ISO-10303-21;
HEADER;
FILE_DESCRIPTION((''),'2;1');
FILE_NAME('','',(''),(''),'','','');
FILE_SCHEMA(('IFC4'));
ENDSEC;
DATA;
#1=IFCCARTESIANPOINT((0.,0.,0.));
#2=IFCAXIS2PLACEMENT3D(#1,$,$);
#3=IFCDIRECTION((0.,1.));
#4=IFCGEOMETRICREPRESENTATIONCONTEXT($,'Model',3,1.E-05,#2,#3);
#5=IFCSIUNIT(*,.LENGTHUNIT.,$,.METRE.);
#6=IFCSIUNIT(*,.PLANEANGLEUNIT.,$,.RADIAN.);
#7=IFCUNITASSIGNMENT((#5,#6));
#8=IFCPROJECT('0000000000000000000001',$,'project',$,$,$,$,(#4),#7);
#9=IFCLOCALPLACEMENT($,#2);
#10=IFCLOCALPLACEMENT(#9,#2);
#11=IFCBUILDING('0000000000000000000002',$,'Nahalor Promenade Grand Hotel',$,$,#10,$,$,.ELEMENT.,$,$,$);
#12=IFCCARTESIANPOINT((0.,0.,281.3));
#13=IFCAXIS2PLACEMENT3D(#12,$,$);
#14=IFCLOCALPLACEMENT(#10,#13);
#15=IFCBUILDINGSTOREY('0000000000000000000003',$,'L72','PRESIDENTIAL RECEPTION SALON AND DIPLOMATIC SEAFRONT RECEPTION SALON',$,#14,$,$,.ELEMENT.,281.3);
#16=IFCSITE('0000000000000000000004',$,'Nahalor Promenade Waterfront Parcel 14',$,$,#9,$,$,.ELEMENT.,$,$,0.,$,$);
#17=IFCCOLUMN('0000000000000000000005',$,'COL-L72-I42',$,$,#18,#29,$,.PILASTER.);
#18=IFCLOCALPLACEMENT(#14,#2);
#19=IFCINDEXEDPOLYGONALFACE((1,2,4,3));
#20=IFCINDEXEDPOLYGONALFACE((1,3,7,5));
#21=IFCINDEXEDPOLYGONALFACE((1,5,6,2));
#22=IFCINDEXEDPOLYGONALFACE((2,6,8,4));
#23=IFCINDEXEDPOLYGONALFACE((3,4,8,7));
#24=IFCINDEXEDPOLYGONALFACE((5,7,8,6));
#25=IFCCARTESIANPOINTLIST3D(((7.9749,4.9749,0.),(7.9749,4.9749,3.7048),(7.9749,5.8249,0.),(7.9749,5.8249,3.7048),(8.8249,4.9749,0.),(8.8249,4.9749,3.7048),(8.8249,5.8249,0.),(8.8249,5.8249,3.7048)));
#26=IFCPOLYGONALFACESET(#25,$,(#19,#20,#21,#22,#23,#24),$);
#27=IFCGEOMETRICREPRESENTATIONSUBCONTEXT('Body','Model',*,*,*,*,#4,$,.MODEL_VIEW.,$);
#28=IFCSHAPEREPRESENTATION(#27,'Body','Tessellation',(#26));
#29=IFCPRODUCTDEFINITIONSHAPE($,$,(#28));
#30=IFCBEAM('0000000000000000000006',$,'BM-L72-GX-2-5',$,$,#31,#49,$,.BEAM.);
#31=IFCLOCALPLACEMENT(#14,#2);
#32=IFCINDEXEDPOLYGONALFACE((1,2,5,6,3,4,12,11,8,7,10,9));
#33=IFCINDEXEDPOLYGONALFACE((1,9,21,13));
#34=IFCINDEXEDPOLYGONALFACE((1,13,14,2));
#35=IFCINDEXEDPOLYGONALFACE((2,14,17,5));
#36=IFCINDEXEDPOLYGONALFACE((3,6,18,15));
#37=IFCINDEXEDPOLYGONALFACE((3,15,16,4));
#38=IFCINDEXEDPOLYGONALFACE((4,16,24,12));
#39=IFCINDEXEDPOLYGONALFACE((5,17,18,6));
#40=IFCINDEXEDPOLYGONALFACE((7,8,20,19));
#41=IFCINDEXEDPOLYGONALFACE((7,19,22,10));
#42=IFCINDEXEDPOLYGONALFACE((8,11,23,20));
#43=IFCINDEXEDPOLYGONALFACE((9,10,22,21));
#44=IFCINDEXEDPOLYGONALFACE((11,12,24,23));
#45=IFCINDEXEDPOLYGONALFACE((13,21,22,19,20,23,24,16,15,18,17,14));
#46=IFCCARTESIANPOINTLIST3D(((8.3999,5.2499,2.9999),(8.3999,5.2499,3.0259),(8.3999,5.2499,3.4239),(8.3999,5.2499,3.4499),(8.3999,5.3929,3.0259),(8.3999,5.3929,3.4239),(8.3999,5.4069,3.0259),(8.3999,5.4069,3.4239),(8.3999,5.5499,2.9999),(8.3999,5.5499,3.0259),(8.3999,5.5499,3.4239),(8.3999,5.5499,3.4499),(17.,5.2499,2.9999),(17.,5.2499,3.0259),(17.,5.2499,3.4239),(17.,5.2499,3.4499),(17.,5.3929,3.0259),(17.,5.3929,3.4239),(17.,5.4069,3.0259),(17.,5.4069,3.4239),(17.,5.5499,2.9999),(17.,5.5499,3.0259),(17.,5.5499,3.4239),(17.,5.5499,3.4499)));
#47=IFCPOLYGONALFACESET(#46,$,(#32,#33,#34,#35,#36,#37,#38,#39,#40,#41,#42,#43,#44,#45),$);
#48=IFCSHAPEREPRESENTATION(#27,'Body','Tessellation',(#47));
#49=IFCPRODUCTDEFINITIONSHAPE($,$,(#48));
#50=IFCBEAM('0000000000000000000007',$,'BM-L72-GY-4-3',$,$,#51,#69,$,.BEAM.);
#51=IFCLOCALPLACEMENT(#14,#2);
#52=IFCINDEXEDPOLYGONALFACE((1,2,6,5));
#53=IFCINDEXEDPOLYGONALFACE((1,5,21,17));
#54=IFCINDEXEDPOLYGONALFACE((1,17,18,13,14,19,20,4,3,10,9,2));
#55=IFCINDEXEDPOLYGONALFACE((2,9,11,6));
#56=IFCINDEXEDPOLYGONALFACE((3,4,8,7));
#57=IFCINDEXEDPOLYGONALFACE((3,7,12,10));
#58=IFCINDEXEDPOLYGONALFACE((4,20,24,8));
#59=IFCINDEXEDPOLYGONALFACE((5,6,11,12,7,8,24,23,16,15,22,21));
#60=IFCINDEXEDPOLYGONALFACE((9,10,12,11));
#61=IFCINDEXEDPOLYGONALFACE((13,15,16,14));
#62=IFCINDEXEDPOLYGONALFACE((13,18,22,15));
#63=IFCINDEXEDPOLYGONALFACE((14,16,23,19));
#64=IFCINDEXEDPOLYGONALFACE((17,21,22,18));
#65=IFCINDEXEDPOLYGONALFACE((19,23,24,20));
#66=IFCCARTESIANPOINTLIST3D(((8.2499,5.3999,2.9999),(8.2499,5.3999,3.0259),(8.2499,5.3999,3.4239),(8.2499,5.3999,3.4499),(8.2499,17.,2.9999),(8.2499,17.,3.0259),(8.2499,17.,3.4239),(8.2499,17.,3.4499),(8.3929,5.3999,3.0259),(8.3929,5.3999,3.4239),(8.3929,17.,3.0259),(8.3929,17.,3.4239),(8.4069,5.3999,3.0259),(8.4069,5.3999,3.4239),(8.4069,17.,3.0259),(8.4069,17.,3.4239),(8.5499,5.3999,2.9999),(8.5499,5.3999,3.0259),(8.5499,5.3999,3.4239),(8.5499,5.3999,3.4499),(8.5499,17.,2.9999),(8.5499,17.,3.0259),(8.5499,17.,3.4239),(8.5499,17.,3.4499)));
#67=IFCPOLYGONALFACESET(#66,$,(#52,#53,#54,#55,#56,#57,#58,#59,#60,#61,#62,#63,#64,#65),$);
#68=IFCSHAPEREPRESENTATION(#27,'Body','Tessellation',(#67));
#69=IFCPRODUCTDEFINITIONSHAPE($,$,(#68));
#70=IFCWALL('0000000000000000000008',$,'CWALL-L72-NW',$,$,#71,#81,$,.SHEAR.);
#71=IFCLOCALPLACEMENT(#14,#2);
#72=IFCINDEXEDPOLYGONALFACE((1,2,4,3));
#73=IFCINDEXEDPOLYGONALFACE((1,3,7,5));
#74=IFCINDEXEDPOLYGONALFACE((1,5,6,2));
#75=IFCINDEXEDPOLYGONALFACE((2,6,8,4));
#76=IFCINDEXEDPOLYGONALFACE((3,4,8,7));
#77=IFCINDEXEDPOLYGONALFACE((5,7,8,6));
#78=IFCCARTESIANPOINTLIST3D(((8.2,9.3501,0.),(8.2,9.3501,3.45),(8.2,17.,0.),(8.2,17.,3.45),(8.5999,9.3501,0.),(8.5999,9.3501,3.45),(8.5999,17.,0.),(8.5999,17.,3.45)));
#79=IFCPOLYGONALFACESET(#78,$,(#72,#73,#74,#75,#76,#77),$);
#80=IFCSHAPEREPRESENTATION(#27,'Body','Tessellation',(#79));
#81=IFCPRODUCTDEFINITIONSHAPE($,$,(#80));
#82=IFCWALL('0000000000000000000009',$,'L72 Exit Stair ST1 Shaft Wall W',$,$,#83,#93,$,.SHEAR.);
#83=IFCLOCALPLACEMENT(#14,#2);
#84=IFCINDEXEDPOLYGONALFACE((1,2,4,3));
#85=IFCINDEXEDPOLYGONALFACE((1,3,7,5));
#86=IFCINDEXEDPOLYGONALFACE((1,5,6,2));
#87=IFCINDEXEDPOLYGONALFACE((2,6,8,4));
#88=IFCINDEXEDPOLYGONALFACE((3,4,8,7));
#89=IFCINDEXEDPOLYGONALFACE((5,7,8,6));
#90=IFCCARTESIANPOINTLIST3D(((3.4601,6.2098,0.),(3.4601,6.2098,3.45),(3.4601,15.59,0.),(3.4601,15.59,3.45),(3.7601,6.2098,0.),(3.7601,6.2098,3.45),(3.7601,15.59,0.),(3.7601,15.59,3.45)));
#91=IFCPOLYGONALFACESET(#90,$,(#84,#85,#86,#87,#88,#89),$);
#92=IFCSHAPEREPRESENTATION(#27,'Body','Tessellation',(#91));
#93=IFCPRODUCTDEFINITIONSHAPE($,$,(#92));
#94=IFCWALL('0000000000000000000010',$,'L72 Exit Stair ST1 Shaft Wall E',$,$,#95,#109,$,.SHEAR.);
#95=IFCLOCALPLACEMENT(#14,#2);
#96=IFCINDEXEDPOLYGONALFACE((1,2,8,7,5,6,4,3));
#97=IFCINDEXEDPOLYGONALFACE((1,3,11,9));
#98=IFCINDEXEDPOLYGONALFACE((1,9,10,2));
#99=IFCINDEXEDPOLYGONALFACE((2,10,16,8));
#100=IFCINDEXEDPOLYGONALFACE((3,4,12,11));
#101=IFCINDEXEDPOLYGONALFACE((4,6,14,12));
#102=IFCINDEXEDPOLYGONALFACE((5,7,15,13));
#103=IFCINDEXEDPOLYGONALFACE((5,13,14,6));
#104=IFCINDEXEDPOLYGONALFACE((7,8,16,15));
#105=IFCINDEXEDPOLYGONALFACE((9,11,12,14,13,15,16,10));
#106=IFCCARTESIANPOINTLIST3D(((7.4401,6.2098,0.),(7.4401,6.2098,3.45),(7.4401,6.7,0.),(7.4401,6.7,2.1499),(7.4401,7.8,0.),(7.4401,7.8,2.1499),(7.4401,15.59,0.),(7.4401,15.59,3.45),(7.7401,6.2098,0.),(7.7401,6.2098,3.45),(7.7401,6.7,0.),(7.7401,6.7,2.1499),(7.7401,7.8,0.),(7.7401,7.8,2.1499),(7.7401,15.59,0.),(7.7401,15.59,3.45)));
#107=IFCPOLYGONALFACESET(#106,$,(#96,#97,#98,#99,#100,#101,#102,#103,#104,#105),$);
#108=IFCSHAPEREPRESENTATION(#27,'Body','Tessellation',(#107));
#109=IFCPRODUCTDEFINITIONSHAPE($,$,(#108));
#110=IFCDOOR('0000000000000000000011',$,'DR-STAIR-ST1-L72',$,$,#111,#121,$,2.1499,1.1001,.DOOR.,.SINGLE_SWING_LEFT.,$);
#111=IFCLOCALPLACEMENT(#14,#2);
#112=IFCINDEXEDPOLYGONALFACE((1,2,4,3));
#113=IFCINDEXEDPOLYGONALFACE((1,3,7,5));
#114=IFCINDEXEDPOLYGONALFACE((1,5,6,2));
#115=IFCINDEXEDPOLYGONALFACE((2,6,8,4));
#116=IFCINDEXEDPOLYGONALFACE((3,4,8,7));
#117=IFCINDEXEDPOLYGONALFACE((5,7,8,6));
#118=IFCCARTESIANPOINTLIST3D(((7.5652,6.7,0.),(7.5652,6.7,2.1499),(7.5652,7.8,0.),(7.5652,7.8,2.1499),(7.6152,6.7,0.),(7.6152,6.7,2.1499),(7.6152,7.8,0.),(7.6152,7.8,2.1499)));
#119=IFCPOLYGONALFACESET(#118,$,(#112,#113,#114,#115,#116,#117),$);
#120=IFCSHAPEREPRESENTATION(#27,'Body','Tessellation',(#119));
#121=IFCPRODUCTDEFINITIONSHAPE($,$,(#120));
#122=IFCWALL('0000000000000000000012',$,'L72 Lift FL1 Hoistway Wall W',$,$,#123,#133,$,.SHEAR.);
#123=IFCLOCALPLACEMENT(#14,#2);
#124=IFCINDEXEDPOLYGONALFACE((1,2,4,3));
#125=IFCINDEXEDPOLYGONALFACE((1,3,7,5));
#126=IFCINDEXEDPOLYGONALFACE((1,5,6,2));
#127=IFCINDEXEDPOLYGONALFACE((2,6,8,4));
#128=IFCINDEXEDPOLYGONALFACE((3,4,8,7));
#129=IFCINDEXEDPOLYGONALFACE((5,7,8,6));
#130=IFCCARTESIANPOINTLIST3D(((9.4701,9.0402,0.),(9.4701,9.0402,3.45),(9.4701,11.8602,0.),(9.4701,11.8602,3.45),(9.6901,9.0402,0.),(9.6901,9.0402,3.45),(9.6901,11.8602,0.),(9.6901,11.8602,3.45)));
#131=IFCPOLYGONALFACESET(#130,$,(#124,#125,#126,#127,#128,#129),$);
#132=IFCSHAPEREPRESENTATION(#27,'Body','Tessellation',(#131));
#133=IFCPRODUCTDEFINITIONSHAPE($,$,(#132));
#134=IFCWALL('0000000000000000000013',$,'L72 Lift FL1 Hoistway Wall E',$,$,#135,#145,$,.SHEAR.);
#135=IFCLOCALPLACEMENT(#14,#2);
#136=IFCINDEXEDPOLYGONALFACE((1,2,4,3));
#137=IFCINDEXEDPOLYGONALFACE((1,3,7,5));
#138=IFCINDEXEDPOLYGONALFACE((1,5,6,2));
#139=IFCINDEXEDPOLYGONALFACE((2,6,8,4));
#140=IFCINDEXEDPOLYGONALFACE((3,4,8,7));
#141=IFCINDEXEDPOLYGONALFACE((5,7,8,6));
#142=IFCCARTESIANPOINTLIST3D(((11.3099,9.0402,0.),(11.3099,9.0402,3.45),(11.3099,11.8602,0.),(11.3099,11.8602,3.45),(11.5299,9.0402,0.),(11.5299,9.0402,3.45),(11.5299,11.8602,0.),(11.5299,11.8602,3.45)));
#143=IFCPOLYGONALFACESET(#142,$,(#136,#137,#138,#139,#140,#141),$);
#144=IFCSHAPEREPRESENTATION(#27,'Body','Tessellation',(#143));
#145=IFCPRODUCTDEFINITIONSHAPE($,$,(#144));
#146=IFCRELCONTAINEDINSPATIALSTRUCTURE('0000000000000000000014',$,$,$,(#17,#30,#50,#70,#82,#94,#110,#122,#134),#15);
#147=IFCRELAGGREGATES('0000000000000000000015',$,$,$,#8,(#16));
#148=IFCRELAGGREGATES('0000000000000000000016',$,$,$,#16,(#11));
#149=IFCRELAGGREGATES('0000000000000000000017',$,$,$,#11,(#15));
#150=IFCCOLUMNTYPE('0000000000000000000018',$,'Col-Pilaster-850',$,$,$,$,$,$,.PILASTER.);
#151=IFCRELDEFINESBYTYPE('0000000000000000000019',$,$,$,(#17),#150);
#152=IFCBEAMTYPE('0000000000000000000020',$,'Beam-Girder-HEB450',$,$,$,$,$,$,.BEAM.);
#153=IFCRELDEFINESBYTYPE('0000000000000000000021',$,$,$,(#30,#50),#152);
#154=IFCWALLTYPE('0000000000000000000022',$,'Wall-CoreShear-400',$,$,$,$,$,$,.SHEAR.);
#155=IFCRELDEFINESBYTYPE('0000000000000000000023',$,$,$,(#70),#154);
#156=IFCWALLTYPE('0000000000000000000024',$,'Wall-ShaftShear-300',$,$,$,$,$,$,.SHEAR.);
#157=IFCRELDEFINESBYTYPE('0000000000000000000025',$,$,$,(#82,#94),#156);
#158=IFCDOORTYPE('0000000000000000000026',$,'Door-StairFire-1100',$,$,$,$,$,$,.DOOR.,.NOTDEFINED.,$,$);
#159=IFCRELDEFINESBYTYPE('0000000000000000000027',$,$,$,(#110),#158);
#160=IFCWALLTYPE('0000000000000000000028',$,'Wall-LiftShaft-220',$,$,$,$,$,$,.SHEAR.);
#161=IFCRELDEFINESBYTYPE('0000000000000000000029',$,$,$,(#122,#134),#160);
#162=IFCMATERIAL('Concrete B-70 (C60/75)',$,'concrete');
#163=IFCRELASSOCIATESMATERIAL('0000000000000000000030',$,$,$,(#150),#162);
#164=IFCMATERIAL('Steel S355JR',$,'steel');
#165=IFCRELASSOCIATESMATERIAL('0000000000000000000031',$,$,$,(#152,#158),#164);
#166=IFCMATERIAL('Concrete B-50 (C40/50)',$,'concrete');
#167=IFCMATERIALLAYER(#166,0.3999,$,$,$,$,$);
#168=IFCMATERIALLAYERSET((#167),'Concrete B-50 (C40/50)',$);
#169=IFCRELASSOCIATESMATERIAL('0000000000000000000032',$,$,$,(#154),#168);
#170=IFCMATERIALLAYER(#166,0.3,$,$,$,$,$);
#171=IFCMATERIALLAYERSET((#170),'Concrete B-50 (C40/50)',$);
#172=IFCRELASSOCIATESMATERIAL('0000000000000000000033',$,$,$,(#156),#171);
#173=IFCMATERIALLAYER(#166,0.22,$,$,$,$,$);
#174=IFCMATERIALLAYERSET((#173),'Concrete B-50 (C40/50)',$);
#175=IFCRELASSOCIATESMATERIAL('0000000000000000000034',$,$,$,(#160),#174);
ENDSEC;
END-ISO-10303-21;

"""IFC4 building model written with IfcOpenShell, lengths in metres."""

from ifc_helpers import new_model, si_unit, direction, frame, frame_2d, origin, origin_2d, place, context, subcontext, project, spatial, rectangle, i_section, extrude, source, transform, mapped, material, layer, layer_set, material_profile, profile_set, type_object, element, fill, save


model = new_model("IFC4")

# Units and contexts
model_context = context("Model", 3, precision=1e-05, world=origin(), true_north=direction((0.0, 1.0)))
body_context = subcontext(model_context, "Body", "Model", "MODEL_VIEW")
ifc_project = project(units=[si_unit("LENGTHUNIT", "METRE"), si_unit("PLANEANGLEUNIT", "RADIAN")], contexts=[model_context])

# Site, building, storey
site_placement = place(None, origin())
site = spatial("IfcSite", under=ifc_project, at=site_placement, Name="Nahalor Promenade Waterfront Parcel 14", CompositionType="ELEMENT", RefElevation=0.0)
building_placement = place(site_placement, origin())
building = spatial("IfcBuilding", under=site, at=building_placement, Name="Nahalor Promenade Grand Hotel", CompositionType="ELEMENT")
storey_placement = place(building_placement, frame((0.0, 0.0, 281.3)))
storey = spatial("IfcBuildingStorey", under=building, at=storey_placement, Name="L72", Description="PRESIDENTIAL RECEPTION SALON AND DIPLOMATIC SEAFRONT RECEPTION SALON", CompositionType="ELEMENT", Elevation=281.3)

# Column
ifc_material_1 = material(Name="Concrete B-70 (C60/75)", Category="concrete")
ifc_material_profile_1 = material_profile(ifc_material_1, rectangle(XDim=0.85, YDim=0.85, at=origin_2d()), Name="RC 850x850")
ifc_profile_set_1 = profile_set([ifc_material_profile_1], Name="Concrete B-70 (C60/75)")
column_type = type_object("IfcColumnType", Name="Col-Pilaster-850", PredefinedType="PILASTER", material=ifc_profile_set_1)
shared_shape_1 = source(origin(), body_context, "Body", "SweptSolid", [
    extrude(rectangle(XDim=0.85, YDim=0.85, at=origin_2d()), origin(), (0.0, 0.0, 1.0), 3.7048),
])
column_placement = place(storey_placement, frame((8.3999, 5.3999, 0.0), z_axis=(0.0, 0.0, 1.0), x_axis=(1.0, 0.0, 0.0)))
element("IfcColumn", 1, at=column_placement, inside=storey, type_object=column_type, Name="COL-L72-I42", PredefinedType="PILASTER", context=body_context, shape_type="MappedRepresentation", body=[
    mapped(shared_shape_1, transform((0.0, 0.0, 0.0), scale=1.0)),
])

# Beams
ifc_material_2 = material(Name="Steel S355JR", Category="steel")
ifc_material_profile_2 = material_profile(ifc_material_2, i_section(OverallWidth=0.3, OverallDepth=0.45, WebThickness=0.014, FlangeThickness=0.026, at=origin_2d()), Name="HEB 450")
ifc_profile_set_2 = profile_set([ifc_material_profile_2], Name="Steel S355JR")
beam_type = type_object("IfcBeamType", Name="Beam-Girder-HEB450", PredefinedType="BEAM", material=ifc_profile_set_2)
shared_shape_2 = source(origin(), body_context, "Body", "SweptSolid", [
    extrude(i_section(OverallWidth=0.3, OverallDepth=0.45, WebThickness=0.014, FlangeThickness=0.026, at=origin_2d()), origin(), (0.0, 0.0, 1.0), 8.6001),
])
beam_1_placement = place(storey_placement, frame((8.3999, 5.3999, 3.2249), z_axis=(1.0, 0.0, 0.0), x_axis=(0.0, 1.0, 0.0)))
element("IfcBeam", 2, at=beam_1_placement, inside=storey, type_object=beam_type, Name="BM-L72-GX-2-5", PredefinedType="BEAM", context=body_context, shape_type="MappedRepresentation", body=[
    mapped(shared_shape_2, transform((0.0, 0.0, 0.0), scale=1.0)),
])
shared_shape_3 = source(origin(), body_context, "Body", "SweptSolid", [
    extrude(i_section(OverallWidth=0.3, OverallDepth=0.45, WebThickness=0.014, FlangeThickness=0.026, at=origin_2d()), origin(), (0.0, 0.0, 1.0), 11.6001),
])
beam_2_placement = place(storey_placement, frame((8.3999, 5.3999, 3.2249), z_axis=(0.0, 1.0, 0.0), x_axis=(-1.0, 0.0, 0.0)))
element("IfcBeam", 3, at=beam_2_placement, inside=storey, type_object=beam_type, Name="BM-L72-GY-4-3", PredefinedType="BEAM", context=body_context, shape_type="MappedRepresentation", body=[
    mapped(shared_shape_3, transform((0.0, 0.0, 0.0), scale=1.0)),
])

# Walls
ifc_material_3 = material(Name="Concrete B-50 (C40/50)", Category="concrete")
ifc_layer_1 = layer(ifc_material_3, 0.3999)
ifc_layer_set_1 = layer_set([ifc_layer_1], Name="Concrete B-50 (C40/50)")
wall_type_1 = type_object("IfcWallType", Name="Wall-CoreShear-400", PredefinedType="SHEAR", material=ifc_layer_set_1)
shared_shape_4 = source(origin(), body_context, "Body", "SweptSolid", [
    extrude(rectangle(XDim=7.6499, YDim=0.3999, at=frame_2d((3.825, 0.0))), origin(), (0.0, 0.0, 1.0), 3.45),
])
wall_1_placement = place(storey_placement, frame((8.3999, 9.3501, 0.0), z_axis=(0.0, 0.0, 1.0), x_axis=(0.0, 1.0, 0.0)))
element("IfcWall", 4, at=wall_1_placement, inside=storey, type_object=wall_type_1, Name="CWALL-L72-NW", PredefinedType="SHEAR", context=body_context, shape_type="MappedRepresentation", body=[
    mapped(shared_shape_4, transform((0.0, 0.0, 0.0), scale=1.0)),
])
ifc_layer_2 = layer(ifc_material_3, 0.3)
ifc_layer_set_2 = layer_set([ifc_layer_2], Name="Concrete B-50 (C40/50)")
wall_type_2 = type_object("IfcWallType", Name="Wall-ShaftShear-300", PredefinedType="SHEAR", material=ifc_layer_set_2)
shared_shape_5 = source(origin(), body_context, "Body", "SweptSolid", [
    extrude(rectangle(XDim=9.3801, YDim=0.3, at=frame_2d((4.6899, 0.0))), origin(), (0.0, 0.0, 1.0), 3.45),
])
wall_2_placement = place(storey_placement, frame((3.6101, 6.21, 0.0), z_axis=(0.0, 0.0, 1.0), x_axis=(0.0, 1.0, 0.0)))
element("IfcWall", 5, at=wall_2_placement, inside=storey, type_object=wall_type_2, Name="L72 Exit Stair ST1 Shaft Wall W", PredefinedType="SHEAR", context=body_context, shape_type="MappedRepresentation", body=[
    mapped(shared_shape_5, transform((0.0, 0.0, 0.0), scale=1.0)),
])

# Wall, opening, door
wall_3_placement = place(storey_placement, frame((7.5901, 6.21, 0.0), z_axis=(0.0, 0.0, 1.0), x_axis=(0.0, 1.0, 0.0)))
wall_3 = element("IfcWall", 6, at=wall_3_placement, inside=storey, type_object=wall_type_2, Name="L72 Exit Stair ST1 Shaft Wall E", PredefinedType="SHEAR", context=body_context, shape_type="MappedRepresentation", body=[
    mapped(shared_shape_5, transform((0.0, 0.0, 0.0), scale=1.0)),
])
opening_1_placement = place(wall_3_placement, frame((0.49, 0.0, 0.0)))
opening_1 = element("IfcOpeningElement", 7, at=opening_1_placement, cuts=wall_3, PredefinedType="OPENING", context=body_context, shape_type="SweptSolid", body=[
    extrude(rectangle(XDim=1.1001, YDim=2.1499, at=frame_2d((0.55, 1.075))), frame((0.0, 0.1599, 0.0), z_axis=(0.0, -1.0, 0.0), x_axis=(1.0, 0.0, 0.0)), (0.0, 0.0, 1.0), 0.3201),
])
door_type_1 = type_object("IfcDoorType", Name="Door-StairFire-1100", OperationType="NOTDEFINED", PredefinedType="DOOR", material=ifc_material_2)
shared_shape_6 = source(origin(), body_context, "Body", "SweptSolid", [
    extrude(rectangle(XDim=1.1001, YDim=2.1499, at=frame_2d((0.55, 1.075))), frame((0.0, 0.0249, 0.0), z_axis=(0.0, -1.0, 0.0), x_axis=(1.0, 0.0, 0.0)), (0.0, 0.0, 1.0), 0.05),
])
door_1_placement = place(opening_1_placement, origin())
door_1 = element("IfcDoor", 8, at=door_1_placement, inside=storey, type_object=door_type_1, Name="DR-STAIR-ST1-L72", OperationType="SINGLE_SWING_LEFT", OverallHeight=2.1499, OverallWidth=1.1001, PredefinedType="DOOR", context=body_context, shape_type="MappedRepresentation", body=[
    mapped(shared_shape_6, transform((0.0, 0.0, 0.0), scale=1.0)),
])
fill(opening_1, door_1)

# Walls
ifc_layer_3 = layer(ifc_material_3, 0.22)
ifc_layer_set_3 = layer_set([ifc_layer_3], Name="Concrete B-50 (C40/50)")
wall_type_3 = type_object("IfcWallType", Name="Wall-LiftShaft-220", PredefinedType="SHEAR", material=ifc_layer_set_3)
shared_shape_7 = source(origin(), body_context, "Body", "SweptSolid", [
    extrude(rectangle(XDim=2.8201, YDim=0.22, at=frame_2d((1.4102, 0.0))), origin(), (0.0, 0.0, 1.0), 3.45),
])
for number, where, z_axis, x_axis, name in (
    (9, (9.5801, 9.04, 0.0), (0.0, 0.0, 1.0), (0.0, 1.0, 0.0), "L72 Lift FL1 Hoistway Wall W"),
    (10, (11.4199, 9.04, 0.0), (0.0, 0.0, 1.0), (0.0, 1.0, 0.0), "L72 Lift FL1 Hoistway Wall E"),
):
    element("IfcWall", number, at=place(storey_placement, frame(where, z_axis=z_axis, x_axis=x_axis)), inside=storey, type_object=wall_type_3, Name=name, PredefinedType="SHEAR", context=body_context, shape_type="MappedRepresentation", body=[
        mapped(shared_shape_7, transform((0.0, 0.0, 0.0), scale=1.0)),
    ])

save(model, "model.ifc")
